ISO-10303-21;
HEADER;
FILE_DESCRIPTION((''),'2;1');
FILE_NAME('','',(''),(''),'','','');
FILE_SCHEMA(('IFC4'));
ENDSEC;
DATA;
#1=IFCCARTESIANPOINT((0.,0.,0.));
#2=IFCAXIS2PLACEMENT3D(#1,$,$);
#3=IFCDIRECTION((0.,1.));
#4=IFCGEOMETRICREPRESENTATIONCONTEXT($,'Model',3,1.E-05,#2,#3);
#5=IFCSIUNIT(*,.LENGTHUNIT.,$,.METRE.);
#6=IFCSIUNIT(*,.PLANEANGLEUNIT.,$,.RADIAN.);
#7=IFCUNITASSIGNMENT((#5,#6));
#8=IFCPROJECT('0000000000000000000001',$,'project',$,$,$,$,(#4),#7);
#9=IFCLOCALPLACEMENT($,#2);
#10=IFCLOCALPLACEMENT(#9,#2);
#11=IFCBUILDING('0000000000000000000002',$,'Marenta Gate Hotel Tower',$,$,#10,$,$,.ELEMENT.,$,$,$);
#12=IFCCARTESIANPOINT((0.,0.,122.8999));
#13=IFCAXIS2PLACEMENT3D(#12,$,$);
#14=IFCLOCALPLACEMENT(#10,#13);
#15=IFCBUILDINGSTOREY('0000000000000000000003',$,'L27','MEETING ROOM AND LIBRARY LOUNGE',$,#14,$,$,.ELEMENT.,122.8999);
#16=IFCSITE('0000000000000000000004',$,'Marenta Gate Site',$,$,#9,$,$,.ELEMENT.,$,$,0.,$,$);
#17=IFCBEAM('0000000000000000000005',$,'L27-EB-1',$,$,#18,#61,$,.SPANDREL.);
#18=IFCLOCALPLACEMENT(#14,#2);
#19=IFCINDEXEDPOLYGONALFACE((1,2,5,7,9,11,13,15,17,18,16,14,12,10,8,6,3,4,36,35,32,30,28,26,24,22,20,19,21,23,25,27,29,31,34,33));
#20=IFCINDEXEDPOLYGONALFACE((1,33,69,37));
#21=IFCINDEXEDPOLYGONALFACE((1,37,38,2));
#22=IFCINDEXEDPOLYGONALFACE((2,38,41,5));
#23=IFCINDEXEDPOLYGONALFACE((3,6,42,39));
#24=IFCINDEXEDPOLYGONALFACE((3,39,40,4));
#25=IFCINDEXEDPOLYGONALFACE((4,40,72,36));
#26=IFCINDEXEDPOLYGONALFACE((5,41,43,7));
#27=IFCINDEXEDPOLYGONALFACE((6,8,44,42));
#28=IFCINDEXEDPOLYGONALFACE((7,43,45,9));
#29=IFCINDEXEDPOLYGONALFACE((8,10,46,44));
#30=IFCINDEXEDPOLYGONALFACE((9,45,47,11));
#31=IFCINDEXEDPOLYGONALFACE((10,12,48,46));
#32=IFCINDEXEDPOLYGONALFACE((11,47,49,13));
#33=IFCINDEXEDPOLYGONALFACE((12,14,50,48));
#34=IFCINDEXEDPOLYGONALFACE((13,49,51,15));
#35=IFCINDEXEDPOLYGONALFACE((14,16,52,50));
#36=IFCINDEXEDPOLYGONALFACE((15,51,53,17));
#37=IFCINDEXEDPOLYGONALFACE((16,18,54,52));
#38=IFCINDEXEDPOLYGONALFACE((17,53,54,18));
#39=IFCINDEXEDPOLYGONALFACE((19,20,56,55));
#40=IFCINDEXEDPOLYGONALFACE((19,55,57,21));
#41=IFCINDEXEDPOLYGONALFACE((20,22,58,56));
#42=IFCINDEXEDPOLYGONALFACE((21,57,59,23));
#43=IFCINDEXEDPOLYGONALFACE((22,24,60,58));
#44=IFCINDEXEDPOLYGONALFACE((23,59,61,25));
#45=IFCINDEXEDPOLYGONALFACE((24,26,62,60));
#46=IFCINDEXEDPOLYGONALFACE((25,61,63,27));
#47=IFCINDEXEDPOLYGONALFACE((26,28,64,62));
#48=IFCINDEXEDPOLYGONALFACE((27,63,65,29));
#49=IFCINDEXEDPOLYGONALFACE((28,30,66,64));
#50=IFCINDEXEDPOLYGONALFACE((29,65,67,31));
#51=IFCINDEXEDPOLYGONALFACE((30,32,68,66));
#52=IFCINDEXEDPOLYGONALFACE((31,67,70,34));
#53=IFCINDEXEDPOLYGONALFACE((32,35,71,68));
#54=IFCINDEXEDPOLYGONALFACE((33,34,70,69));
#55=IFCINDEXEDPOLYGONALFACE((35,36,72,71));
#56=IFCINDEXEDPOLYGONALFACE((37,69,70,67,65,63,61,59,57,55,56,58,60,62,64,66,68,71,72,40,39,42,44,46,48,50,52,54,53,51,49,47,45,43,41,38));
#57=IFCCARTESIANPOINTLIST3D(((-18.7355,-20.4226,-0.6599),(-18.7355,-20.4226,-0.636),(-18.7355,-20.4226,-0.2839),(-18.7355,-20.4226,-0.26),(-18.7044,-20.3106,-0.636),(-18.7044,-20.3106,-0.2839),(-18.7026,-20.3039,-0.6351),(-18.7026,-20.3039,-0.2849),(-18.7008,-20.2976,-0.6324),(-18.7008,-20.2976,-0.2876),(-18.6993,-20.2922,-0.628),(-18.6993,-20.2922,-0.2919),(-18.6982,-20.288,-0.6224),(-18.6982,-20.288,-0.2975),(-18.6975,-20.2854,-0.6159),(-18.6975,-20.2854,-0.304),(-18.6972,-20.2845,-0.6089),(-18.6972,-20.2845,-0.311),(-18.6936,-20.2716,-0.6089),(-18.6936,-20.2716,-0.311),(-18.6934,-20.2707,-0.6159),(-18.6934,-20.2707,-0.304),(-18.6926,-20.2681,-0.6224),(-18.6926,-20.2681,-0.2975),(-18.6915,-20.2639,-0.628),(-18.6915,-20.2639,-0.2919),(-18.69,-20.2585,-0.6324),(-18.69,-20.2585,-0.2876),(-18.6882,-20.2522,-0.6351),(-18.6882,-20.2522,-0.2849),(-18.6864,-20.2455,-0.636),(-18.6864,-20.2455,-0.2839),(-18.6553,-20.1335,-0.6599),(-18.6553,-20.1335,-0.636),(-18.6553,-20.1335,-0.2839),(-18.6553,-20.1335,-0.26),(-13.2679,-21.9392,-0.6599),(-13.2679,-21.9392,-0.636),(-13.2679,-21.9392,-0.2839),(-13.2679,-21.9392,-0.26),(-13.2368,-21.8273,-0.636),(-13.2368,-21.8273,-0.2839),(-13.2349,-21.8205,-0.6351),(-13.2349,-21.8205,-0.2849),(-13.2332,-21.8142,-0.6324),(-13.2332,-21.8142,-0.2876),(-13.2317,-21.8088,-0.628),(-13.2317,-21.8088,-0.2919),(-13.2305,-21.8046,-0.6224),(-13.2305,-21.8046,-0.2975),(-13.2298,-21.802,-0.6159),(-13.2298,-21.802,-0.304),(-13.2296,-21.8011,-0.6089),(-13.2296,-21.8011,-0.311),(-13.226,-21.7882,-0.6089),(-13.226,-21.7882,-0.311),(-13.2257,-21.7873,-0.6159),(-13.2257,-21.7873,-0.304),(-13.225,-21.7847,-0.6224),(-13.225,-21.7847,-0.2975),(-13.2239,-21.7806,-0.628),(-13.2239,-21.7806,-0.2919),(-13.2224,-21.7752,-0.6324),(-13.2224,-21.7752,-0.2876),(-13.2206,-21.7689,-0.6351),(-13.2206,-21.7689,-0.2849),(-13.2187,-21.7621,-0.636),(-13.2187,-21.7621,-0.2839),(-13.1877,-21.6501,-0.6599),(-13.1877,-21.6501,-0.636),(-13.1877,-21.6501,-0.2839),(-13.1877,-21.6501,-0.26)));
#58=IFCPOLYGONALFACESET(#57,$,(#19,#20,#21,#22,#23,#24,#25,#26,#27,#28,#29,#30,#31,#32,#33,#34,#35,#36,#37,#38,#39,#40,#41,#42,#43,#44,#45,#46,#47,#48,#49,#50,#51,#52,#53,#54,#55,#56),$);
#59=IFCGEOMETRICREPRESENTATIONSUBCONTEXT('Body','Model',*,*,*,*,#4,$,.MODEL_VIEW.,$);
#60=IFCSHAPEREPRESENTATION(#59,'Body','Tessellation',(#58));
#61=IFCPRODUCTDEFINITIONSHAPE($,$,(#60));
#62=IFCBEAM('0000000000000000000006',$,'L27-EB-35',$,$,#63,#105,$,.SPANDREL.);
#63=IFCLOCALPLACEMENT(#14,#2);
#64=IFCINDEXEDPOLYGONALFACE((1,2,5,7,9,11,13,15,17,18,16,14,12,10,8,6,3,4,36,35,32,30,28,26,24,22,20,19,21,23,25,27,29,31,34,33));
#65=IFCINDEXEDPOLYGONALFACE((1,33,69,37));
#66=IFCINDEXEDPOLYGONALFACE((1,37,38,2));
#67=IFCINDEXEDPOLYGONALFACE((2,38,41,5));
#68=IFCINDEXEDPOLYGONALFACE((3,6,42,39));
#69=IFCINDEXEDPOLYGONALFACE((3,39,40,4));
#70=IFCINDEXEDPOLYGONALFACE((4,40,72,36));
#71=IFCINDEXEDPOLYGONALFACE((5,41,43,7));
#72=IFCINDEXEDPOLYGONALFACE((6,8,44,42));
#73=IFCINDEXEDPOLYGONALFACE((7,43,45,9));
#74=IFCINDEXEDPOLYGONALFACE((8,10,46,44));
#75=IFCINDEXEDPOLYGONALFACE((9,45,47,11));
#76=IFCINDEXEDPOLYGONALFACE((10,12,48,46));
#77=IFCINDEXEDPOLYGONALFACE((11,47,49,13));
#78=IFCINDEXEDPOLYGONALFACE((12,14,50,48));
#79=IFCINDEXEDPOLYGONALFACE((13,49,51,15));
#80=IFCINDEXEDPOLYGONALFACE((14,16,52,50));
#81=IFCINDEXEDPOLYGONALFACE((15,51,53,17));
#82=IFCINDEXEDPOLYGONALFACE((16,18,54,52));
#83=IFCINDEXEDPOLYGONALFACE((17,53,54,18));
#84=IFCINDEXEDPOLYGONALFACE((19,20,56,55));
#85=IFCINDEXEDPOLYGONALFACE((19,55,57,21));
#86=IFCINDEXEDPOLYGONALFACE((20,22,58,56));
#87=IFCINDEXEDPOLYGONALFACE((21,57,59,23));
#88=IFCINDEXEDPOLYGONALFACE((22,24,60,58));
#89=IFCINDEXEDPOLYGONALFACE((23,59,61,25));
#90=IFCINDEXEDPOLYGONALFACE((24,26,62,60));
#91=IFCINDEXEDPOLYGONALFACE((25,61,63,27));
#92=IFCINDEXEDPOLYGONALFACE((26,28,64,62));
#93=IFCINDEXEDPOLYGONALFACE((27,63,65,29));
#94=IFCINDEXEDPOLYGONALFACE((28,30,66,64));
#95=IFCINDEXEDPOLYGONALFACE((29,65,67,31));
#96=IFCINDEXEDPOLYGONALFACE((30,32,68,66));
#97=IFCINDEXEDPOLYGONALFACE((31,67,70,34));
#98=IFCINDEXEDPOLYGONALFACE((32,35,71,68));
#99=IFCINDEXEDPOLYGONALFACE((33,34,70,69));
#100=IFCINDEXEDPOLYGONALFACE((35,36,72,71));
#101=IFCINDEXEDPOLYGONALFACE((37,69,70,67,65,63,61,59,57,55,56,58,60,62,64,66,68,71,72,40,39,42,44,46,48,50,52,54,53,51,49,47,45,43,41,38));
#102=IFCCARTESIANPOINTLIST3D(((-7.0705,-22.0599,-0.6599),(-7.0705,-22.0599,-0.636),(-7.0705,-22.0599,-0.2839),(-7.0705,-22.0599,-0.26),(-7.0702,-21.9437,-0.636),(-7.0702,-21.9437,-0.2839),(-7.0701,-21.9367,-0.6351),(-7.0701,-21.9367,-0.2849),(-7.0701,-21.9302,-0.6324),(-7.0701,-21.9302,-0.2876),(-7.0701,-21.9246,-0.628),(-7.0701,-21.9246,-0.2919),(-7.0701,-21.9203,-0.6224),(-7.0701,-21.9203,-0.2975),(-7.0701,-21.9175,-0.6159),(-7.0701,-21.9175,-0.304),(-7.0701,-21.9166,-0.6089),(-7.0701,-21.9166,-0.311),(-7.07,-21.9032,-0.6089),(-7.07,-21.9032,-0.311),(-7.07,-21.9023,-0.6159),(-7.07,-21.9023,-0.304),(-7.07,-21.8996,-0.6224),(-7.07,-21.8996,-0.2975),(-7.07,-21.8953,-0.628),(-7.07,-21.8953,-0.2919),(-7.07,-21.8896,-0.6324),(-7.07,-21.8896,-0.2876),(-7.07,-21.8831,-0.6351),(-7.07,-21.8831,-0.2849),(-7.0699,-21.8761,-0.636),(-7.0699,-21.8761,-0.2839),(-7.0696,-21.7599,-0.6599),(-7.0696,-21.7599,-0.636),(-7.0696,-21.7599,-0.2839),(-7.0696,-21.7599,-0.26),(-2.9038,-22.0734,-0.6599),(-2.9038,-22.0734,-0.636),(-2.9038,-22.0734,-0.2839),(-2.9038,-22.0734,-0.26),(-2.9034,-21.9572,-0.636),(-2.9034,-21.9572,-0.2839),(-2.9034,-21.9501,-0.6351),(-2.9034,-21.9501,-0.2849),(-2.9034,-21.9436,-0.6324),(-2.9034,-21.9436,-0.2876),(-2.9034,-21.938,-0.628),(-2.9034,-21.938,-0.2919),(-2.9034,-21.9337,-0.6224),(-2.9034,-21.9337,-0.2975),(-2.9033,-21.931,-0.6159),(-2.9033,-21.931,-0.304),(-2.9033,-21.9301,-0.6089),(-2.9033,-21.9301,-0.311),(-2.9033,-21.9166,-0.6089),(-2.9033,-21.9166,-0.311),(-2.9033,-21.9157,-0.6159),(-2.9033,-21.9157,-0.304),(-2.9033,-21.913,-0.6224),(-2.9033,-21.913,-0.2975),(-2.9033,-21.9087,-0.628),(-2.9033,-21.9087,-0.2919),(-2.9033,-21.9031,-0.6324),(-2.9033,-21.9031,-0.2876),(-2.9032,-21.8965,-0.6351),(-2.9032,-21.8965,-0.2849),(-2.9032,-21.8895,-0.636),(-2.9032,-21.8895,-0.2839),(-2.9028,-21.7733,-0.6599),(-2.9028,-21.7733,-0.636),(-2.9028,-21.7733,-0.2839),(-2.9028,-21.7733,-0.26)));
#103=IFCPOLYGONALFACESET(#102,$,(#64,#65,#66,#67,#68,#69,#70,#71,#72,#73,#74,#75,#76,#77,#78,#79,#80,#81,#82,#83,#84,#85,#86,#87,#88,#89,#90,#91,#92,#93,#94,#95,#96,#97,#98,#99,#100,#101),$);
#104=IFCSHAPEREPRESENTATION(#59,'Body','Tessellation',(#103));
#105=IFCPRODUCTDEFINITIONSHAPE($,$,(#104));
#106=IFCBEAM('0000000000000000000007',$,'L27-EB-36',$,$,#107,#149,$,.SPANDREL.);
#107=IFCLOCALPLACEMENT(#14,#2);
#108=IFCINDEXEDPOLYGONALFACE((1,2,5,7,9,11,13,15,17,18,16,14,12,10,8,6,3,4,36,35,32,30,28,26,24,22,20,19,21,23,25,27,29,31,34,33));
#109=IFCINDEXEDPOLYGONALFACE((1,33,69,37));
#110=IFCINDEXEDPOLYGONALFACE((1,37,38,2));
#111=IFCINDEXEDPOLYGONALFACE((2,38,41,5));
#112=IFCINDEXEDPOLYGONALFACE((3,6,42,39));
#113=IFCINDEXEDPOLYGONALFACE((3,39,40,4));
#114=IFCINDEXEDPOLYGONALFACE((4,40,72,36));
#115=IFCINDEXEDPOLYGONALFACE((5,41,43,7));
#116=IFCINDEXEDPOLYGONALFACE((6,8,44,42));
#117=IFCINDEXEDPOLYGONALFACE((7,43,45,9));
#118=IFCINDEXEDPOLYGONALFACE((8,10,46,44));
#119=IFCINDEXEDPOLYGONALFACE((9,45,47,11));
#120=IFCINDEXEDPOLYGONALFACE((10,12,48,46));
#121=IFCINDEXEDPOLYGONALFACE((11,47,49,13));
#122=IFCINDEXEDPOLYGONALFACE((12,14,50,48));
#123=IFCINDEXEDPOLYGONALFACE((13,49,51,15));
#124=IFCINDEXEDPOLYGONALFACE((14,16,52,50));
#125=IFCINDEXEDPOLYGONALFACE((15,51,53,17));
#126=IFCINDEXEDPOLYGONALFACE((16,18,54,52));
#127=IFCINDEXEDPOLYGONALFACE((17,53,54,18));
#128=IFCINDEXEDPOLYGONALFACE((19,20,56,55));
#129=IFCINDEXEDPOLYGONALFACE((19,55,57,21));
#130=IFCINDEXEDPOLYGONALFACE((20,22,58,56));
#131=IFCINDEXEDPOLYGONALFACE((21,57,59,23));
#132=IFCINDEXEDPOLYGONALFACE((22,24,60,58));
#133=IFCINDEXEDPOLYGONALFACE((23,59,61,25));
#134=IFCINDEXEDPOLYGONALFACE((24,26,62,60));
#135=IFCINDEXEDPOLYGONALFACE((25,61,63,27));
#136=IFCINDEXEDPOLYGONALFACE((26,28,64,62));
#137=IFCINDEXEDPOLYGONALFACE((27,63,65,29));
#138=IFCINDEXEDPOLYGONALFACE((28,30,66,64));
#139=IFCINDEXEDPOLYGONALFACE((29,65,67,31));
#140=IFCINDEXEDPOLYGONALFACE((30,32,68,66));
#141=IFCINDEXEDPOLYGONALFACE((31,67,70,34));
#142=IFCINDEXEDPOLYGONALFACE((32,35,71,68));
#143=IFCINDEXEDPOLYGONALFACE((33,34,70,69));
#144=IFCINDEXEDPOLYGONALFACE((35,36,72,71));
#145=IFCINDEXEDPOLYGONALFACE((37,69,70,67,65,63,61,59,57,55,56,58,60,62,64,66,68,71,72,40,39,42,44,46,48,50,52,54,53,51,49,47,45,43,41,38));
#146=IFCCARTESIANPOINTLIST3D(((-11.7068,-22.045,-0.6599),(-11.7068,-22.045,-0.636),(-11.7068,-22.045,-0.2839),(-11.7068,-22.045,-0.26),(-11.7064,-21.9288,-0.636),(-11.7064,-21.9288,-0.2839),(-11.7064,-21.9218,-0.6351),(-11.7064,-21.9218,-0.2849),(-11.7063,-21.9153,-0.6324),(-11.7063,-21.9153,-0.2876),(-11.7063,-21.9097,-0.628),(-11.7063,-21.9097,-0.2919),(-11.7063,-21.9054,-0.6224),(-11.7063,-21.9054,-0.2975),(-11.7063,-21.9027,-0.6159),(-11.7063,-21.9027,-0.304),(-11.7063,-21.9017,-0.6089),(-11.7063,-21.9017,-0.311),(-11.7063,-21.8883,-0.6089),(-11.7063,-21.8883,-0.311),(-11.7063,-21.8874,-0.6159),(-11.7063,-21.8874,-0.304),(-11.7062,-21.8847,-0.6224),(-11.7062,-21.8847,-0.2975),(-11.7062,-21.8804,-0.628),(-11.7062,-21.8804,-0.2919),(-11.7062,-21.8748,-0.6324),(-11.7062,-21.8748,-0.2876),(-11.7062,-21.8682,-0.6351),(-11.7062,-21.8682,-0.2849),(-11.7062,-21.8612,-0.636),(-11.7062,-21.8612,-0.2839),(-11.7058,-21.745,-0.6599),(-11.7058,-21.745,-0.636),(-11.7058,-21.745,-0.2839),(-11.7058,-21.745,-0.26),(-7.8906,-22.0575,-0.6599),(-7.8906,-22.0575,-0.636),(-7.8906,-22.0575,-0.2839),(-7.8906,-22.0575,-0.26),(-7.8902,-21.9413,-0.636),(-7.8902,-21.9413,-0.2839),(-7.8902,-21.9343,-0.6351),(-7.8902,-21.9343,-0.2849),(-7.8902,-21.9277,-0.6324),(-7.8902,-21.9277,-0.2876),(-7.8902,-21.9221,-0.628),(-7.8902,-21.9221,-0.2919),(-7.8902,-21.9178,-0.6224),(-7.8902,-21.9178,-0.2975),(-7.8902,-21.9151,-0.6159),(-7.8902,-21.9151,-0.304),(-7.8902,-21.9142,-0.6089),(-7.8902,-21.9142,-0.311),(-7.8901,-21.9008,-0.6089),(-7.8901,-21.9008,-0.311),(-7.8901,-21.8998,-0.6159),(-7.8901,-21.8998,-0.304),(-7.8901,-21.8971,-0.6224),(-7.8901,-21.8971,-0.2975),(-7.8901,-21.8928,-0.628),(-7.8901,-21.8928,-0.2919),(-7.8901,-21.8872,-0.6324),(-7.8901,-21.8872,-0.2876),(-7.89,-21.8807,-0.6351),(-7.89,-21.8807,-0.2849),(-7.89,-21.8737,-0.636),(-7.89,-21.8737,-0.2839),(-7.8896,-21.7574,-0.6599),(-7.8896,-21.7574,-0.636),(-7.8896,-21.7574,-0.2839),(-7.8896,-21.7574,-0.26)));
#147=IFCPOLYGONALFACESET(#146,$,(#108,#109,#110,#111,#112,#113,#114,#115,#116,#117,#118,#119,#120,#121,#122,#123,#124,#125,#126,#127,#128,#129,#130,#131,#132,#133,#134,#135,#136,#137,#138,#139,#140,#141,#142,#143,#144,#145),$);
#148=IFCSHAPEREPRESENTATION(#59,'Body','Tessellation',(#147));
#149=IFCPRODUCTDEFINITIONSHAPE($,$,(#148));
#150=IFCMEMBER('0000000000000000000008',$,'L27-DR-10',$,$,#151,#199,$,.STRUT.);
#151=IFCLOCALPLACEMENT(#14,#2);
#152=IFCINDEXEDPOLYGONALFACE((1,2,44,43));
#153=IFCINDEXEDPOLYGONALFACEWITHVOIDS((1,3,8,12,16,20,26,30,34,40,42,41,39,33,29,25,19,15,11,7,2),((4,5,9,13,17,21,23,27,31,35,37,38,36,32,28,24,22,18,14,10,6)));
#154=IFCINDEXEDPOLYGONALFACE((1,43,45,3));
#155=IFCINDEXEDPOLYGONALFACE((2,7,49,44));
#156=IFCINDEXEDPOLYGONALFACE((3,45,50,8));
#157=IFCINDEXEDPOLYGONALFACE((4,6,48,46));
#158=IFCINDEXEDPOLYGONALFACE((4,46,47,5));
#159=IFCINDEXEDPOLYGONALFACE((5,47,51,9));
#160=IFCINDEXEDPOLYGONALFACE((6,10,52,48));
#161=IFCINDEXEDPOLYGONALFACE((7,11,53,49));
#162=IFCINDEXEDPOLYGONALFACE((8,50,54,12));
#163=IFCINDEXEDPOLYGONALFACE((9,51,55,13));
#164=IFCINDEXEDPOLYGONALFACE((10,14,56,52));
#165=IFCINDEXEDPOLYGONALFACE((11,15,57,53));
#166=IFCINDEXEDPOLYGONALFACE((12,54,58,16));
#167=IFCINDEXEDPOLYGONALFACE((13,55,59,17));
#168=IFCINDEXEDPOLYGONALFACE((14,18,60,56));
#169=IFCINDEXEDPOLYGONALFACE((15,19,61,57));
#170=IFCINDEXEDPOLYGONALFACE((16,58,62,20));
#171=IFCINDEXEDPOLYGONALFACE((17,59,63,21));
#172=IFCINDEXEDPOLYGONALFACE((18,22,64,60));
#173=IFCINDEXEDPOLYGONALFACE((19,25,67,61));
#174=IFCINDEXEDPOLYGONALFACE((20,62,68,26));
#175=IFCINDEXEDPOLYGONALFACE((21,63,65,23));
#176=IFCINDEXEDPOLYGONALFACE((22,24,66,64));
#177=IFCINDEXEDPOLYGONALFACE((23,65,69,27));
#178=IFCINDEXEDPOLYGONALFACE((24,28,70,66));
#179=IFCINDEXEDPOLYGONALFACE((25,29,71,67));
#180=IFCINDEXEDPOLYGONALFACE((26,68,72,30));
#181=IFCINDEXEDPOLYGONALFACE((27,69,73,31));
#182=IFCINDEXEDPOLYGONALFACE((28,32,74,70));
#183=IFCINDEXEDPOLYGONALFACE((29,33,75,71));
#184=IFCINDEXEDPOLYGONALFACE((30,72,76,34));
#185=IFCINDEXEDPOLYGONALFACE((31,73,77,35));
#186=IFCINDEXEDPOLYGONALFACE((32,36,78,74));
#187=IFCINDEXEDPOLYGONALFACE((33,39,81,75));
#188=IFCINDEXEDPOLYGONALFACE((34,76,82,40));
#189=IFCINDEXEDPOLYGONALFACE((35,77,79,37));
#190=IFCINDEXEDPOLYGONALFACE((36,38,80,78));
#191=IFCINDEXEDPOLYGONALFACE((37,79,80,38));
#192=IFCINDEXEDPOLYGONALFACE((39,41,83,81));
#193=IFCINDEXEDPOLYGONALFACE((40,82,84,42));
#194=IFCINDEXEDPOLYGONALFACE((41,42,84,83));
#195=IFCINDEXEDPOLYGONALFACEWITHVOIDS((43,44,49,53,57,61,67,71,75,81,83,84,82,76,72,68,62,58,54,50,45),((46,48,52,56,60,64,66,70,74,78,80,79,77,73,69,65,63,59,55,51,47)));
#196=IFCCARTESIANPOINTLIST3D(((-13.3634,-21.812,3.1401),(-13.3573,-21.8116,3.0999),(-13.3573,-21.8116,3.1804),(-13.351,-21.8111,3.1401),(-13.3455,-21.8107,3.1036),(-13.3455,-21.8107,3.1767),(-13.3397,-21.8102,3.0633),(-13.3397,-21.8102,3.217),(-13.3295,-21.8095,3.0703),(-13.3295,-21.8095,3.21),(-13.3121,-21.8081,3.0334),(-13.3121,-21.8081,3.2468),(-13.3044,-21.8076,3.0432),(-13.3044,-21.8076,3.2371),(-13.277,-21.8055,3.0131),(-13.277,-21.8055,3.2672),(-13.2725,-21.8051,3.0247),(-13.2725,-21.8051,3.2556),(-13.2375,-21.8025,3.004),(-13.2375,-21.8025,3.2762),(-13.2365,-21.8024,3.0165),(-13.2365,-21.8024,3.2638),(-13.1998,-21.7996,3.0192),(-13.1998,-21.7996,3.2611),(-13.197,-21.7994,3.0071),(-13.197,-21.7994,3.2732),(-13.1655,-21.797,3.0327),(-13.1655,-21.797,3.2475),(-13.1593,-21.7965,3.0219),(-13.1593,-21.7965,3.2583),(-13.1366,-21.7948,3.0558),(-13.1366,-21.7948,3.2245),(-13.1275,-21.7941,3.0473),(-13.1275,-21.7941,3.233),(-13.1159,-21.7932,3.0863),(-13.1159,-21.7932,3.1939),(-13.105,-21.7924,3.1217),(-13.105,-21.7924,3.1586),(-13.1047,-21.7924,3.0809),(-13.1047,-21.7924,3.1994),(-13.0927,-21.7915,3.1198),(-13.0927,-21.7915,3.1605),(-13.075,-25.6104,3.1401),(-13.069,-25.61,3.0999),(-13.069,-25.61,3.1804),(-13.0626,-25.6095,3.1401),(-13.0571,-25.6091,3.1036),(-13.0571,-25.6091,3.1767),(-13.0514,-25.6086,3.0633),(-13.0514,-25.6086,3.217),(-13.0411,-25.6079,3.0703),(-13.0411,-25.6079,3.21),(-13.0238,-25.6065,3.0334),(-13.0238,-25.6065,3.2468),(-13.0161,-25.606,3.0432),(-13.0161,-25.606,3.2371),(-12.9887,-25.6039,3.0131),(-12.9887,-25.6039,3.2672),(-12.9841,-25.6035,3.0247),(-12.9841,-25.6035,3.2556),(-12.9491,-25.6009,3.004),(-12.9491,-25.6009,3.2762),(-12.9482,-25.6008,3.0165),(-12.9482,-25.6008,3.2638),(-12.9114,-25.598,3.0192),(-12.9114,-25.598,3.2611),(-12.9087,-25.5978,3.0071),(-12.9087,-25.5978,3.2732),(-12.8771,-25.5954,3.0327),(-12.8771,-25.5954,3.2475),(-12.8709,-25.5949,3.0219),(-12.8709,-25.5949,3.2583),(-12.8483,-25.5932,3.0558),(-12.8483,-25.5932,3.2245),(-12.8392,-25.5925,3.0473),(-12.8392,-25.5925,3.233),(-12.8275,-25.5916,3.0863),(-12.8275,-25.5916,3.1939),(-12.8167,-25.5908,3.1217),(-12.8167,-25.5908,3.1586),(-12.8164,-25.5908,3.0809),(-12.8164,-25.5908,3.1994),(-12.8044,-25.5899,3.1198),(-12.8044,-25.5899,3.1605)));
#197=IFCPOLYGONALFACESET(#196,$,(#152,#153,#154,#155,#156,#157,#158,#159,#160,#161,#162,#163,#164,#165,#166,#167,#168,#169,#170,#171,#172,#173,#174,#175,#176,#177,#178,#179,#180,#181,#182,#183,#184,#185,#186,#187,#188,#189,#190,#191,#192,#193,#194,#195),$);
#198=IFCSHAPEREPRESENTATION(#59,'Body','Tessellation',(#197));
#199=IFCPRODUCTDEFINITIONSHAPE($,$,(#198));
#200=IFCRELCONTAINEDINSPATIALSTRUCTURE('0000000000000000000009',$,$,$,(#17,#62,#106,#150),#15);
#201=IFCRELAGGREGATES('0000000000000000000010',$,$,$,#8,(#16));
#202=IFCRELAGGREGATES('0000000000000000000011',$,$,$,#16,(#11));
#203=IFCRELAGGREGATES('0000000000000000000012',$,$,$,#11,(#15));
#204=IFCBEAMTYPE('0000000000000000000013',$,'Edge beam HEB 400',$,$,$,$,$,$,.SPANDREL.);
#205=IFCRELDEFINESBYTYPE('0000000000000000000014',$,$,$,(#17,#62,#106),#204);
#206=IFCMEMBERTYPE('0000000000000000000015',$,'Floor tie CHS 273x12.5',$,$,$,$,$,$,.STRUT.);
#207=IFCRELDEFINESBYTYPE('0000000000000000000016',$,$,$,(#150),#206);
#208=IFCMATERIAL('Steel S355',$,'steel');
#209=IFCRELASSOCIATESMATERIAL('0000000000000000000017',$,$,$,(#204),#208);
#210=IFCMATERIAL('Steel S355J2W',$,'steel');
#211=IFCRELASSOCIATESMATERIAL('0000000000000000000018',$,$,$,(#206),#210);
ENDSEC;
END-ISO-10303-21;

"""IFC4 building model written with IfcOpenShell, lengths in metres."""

from ifc_helpers import new_model, si_unit, direction, frame, origin, origin_2d, place, context, subcontext, project, spatial, hollow_circle, i_section, extrude, material, material_profile, profile_set, type_object, element, save


model = new_model("IFC4")

# Units and contexts
model_context = context("Model", 3, precision=1e-05, world=origin(), true_north=direction((0.0, 1.0)))
body_context = subcontext(model_context, "Body", "Model", "MODEL_VIEW")
ifc_project = project(units=[si_unit("LENGTHUNIT", "METRE"), si_unit("PLANEANGLEUNIT", "RADIAN")], contexts=[model_context])

# Site, building, storey
site_placement = place(None, origin())
site = spatial("IfcSite", under=ifc_project, at=site_placement, Name="Marenta Gate Site", CompositionType="ELEMENT", RefElevation=0.0)
building_placement = place(site_placement, origin())
building = spatial("IfcBuilding", under=site, at=building_placement, Name="Marenta Gate Hotel Tower", CompositionType="ELEMENT")
storey_placement = place(building_placement, frame((0.0, 0.0, 122.8999)))
storey = spatial("IfcBuildingStorey", under=building, at=storey_placement, Name="L27", Description="MEETING ROOM AND LIBRARY LOUNGE", CompositionType="ELEMENT", Elevation=122.8999)

# Beams
ifc_material_1 = material(Name="Steel S355", Category="steel")
ifc_material_profile_1 = material_profile(ifc_material_1, i_section(OverallWidth=0.3, OverallDepth=0.3999, WebThickness=0.0134, FlangeThickness=0.0239, FilletRadius=0.0271, at=origin_2d()), Name="HEB 400")
ifc_profile_set_1 = profile_set([ifc_material_profile_1], Name="Steel S355")
beam_type = type_object("IfcBeamType", Name="Edge beam HEB 400", PredefinedType="SPANDREL", material=ifc_profile_set_1)
beam_1_placement = place(storey_placement, frame((-13.2278, -21.7947, -0.46), z_axis=(-0.963616, 0.267291, 0.0), x_axis=(-0.267291, -0.963616, 0.0)))
element("IfcBeam", 1, at=beam_1_placement, inside=storey, type_object=beam_type, Name="L27-EB-1", PredefinedType="SPANDREL", context=body_context, shape_type="SweptSolid", body=[
    extrude(i_section(OverallWidth=0.3, OverallDepth=0.3999, WebThickness=0.0134, FlangeThickness=0.0239, FilletRadius=0.0271, at=origin_2d()), origin(), (0.0, 0.0, 1.0), 5.6741),
])
beam_2_placement = place(storey_placement, frame((-2.9033, -21.9233, -0.46), z_axis=(-0.999995, 0.003223, 0.0), x_axis=(-0.003223, -0.999995, 0.0)))
element("IfcBeam", 2, at=beam_2_placement, inside=storey, type_object=beam_type, Name="L27-EB-35", PredefinedType="SPANDREL", context=body_context, shape_type="SweptSolid", body=[
    extrude(i_section(OverallWidth=0.3, OverallDepth=0.3999, WebThickness=0.0134, FlangeThickness=0.0239, FilletRadius=0.0271, at=origin_2d()), origin(), (0.0, 0.0, 1.0), 4.1667),
])
beam_3_placement = place(storey_placement, frame((-7.8901, -21.9075, -0.46), z_axis=(-0.999995, 0.003263, 0.0), x_axis=(-0.003263, -0.999995, 0.0)))
element("IfcBeam", 3, at=beam_3_placement, inside=storey, type_object=beam_type, Name="L27-EB-36", PredefinedType="SPANDREL", context=body_context, shape_type="SweptSolid", body=[
    extrude(i_section(OverallWidth=0.3, OverallDepth=0.3999, WebThickness=0.0134, FlangeThickness=0.0239, FilletRadius=0.0271, at=origin_2d()), origin(), (0.0, 0.0, 1.0), 3.8162),
])

# Member
ifc_material_2 = material(Name="Steel S355J2W", Category="steel")
ifc_material_profile_2 = material_profile(ifc_material_2, hollow_circle(Radius=0.1365, WallThickness=0.0125, at=origin_2d()), Name="CHS 273x12.5")
ifc_profile_set_2 = profile_set([ifc_material_profile_2], Name="Steel S355J2W")
member_type_1 = type_object("IfcMemberType", Name="Floor tie CHS 273x12.5", PredefinedType="STRUT", material=ifc_profile_set_2)
member_1_placement = place(storey_placement, frame((-12.939, -25.6001, 3.1401), z_axis=(-0.075692, 0.997131, 0.0), x_axis=(-0.997131, -0.075692, 0.0)))
element("IfcMember", 4, at=member_1_placement, inside=storey, type_object=member_type_1, Name="L27-DR-10", PredefinedType="STRUT", context=body_context, shape_type="SweptSolid", body=[
    extrude(hollow_circle(Radius=0.1365, WallThickness=0.0125, at=origin_2d()), origin(), (0.0, 0.0, 1.0), 3.8093),
])

save(model, "model.ifc")
